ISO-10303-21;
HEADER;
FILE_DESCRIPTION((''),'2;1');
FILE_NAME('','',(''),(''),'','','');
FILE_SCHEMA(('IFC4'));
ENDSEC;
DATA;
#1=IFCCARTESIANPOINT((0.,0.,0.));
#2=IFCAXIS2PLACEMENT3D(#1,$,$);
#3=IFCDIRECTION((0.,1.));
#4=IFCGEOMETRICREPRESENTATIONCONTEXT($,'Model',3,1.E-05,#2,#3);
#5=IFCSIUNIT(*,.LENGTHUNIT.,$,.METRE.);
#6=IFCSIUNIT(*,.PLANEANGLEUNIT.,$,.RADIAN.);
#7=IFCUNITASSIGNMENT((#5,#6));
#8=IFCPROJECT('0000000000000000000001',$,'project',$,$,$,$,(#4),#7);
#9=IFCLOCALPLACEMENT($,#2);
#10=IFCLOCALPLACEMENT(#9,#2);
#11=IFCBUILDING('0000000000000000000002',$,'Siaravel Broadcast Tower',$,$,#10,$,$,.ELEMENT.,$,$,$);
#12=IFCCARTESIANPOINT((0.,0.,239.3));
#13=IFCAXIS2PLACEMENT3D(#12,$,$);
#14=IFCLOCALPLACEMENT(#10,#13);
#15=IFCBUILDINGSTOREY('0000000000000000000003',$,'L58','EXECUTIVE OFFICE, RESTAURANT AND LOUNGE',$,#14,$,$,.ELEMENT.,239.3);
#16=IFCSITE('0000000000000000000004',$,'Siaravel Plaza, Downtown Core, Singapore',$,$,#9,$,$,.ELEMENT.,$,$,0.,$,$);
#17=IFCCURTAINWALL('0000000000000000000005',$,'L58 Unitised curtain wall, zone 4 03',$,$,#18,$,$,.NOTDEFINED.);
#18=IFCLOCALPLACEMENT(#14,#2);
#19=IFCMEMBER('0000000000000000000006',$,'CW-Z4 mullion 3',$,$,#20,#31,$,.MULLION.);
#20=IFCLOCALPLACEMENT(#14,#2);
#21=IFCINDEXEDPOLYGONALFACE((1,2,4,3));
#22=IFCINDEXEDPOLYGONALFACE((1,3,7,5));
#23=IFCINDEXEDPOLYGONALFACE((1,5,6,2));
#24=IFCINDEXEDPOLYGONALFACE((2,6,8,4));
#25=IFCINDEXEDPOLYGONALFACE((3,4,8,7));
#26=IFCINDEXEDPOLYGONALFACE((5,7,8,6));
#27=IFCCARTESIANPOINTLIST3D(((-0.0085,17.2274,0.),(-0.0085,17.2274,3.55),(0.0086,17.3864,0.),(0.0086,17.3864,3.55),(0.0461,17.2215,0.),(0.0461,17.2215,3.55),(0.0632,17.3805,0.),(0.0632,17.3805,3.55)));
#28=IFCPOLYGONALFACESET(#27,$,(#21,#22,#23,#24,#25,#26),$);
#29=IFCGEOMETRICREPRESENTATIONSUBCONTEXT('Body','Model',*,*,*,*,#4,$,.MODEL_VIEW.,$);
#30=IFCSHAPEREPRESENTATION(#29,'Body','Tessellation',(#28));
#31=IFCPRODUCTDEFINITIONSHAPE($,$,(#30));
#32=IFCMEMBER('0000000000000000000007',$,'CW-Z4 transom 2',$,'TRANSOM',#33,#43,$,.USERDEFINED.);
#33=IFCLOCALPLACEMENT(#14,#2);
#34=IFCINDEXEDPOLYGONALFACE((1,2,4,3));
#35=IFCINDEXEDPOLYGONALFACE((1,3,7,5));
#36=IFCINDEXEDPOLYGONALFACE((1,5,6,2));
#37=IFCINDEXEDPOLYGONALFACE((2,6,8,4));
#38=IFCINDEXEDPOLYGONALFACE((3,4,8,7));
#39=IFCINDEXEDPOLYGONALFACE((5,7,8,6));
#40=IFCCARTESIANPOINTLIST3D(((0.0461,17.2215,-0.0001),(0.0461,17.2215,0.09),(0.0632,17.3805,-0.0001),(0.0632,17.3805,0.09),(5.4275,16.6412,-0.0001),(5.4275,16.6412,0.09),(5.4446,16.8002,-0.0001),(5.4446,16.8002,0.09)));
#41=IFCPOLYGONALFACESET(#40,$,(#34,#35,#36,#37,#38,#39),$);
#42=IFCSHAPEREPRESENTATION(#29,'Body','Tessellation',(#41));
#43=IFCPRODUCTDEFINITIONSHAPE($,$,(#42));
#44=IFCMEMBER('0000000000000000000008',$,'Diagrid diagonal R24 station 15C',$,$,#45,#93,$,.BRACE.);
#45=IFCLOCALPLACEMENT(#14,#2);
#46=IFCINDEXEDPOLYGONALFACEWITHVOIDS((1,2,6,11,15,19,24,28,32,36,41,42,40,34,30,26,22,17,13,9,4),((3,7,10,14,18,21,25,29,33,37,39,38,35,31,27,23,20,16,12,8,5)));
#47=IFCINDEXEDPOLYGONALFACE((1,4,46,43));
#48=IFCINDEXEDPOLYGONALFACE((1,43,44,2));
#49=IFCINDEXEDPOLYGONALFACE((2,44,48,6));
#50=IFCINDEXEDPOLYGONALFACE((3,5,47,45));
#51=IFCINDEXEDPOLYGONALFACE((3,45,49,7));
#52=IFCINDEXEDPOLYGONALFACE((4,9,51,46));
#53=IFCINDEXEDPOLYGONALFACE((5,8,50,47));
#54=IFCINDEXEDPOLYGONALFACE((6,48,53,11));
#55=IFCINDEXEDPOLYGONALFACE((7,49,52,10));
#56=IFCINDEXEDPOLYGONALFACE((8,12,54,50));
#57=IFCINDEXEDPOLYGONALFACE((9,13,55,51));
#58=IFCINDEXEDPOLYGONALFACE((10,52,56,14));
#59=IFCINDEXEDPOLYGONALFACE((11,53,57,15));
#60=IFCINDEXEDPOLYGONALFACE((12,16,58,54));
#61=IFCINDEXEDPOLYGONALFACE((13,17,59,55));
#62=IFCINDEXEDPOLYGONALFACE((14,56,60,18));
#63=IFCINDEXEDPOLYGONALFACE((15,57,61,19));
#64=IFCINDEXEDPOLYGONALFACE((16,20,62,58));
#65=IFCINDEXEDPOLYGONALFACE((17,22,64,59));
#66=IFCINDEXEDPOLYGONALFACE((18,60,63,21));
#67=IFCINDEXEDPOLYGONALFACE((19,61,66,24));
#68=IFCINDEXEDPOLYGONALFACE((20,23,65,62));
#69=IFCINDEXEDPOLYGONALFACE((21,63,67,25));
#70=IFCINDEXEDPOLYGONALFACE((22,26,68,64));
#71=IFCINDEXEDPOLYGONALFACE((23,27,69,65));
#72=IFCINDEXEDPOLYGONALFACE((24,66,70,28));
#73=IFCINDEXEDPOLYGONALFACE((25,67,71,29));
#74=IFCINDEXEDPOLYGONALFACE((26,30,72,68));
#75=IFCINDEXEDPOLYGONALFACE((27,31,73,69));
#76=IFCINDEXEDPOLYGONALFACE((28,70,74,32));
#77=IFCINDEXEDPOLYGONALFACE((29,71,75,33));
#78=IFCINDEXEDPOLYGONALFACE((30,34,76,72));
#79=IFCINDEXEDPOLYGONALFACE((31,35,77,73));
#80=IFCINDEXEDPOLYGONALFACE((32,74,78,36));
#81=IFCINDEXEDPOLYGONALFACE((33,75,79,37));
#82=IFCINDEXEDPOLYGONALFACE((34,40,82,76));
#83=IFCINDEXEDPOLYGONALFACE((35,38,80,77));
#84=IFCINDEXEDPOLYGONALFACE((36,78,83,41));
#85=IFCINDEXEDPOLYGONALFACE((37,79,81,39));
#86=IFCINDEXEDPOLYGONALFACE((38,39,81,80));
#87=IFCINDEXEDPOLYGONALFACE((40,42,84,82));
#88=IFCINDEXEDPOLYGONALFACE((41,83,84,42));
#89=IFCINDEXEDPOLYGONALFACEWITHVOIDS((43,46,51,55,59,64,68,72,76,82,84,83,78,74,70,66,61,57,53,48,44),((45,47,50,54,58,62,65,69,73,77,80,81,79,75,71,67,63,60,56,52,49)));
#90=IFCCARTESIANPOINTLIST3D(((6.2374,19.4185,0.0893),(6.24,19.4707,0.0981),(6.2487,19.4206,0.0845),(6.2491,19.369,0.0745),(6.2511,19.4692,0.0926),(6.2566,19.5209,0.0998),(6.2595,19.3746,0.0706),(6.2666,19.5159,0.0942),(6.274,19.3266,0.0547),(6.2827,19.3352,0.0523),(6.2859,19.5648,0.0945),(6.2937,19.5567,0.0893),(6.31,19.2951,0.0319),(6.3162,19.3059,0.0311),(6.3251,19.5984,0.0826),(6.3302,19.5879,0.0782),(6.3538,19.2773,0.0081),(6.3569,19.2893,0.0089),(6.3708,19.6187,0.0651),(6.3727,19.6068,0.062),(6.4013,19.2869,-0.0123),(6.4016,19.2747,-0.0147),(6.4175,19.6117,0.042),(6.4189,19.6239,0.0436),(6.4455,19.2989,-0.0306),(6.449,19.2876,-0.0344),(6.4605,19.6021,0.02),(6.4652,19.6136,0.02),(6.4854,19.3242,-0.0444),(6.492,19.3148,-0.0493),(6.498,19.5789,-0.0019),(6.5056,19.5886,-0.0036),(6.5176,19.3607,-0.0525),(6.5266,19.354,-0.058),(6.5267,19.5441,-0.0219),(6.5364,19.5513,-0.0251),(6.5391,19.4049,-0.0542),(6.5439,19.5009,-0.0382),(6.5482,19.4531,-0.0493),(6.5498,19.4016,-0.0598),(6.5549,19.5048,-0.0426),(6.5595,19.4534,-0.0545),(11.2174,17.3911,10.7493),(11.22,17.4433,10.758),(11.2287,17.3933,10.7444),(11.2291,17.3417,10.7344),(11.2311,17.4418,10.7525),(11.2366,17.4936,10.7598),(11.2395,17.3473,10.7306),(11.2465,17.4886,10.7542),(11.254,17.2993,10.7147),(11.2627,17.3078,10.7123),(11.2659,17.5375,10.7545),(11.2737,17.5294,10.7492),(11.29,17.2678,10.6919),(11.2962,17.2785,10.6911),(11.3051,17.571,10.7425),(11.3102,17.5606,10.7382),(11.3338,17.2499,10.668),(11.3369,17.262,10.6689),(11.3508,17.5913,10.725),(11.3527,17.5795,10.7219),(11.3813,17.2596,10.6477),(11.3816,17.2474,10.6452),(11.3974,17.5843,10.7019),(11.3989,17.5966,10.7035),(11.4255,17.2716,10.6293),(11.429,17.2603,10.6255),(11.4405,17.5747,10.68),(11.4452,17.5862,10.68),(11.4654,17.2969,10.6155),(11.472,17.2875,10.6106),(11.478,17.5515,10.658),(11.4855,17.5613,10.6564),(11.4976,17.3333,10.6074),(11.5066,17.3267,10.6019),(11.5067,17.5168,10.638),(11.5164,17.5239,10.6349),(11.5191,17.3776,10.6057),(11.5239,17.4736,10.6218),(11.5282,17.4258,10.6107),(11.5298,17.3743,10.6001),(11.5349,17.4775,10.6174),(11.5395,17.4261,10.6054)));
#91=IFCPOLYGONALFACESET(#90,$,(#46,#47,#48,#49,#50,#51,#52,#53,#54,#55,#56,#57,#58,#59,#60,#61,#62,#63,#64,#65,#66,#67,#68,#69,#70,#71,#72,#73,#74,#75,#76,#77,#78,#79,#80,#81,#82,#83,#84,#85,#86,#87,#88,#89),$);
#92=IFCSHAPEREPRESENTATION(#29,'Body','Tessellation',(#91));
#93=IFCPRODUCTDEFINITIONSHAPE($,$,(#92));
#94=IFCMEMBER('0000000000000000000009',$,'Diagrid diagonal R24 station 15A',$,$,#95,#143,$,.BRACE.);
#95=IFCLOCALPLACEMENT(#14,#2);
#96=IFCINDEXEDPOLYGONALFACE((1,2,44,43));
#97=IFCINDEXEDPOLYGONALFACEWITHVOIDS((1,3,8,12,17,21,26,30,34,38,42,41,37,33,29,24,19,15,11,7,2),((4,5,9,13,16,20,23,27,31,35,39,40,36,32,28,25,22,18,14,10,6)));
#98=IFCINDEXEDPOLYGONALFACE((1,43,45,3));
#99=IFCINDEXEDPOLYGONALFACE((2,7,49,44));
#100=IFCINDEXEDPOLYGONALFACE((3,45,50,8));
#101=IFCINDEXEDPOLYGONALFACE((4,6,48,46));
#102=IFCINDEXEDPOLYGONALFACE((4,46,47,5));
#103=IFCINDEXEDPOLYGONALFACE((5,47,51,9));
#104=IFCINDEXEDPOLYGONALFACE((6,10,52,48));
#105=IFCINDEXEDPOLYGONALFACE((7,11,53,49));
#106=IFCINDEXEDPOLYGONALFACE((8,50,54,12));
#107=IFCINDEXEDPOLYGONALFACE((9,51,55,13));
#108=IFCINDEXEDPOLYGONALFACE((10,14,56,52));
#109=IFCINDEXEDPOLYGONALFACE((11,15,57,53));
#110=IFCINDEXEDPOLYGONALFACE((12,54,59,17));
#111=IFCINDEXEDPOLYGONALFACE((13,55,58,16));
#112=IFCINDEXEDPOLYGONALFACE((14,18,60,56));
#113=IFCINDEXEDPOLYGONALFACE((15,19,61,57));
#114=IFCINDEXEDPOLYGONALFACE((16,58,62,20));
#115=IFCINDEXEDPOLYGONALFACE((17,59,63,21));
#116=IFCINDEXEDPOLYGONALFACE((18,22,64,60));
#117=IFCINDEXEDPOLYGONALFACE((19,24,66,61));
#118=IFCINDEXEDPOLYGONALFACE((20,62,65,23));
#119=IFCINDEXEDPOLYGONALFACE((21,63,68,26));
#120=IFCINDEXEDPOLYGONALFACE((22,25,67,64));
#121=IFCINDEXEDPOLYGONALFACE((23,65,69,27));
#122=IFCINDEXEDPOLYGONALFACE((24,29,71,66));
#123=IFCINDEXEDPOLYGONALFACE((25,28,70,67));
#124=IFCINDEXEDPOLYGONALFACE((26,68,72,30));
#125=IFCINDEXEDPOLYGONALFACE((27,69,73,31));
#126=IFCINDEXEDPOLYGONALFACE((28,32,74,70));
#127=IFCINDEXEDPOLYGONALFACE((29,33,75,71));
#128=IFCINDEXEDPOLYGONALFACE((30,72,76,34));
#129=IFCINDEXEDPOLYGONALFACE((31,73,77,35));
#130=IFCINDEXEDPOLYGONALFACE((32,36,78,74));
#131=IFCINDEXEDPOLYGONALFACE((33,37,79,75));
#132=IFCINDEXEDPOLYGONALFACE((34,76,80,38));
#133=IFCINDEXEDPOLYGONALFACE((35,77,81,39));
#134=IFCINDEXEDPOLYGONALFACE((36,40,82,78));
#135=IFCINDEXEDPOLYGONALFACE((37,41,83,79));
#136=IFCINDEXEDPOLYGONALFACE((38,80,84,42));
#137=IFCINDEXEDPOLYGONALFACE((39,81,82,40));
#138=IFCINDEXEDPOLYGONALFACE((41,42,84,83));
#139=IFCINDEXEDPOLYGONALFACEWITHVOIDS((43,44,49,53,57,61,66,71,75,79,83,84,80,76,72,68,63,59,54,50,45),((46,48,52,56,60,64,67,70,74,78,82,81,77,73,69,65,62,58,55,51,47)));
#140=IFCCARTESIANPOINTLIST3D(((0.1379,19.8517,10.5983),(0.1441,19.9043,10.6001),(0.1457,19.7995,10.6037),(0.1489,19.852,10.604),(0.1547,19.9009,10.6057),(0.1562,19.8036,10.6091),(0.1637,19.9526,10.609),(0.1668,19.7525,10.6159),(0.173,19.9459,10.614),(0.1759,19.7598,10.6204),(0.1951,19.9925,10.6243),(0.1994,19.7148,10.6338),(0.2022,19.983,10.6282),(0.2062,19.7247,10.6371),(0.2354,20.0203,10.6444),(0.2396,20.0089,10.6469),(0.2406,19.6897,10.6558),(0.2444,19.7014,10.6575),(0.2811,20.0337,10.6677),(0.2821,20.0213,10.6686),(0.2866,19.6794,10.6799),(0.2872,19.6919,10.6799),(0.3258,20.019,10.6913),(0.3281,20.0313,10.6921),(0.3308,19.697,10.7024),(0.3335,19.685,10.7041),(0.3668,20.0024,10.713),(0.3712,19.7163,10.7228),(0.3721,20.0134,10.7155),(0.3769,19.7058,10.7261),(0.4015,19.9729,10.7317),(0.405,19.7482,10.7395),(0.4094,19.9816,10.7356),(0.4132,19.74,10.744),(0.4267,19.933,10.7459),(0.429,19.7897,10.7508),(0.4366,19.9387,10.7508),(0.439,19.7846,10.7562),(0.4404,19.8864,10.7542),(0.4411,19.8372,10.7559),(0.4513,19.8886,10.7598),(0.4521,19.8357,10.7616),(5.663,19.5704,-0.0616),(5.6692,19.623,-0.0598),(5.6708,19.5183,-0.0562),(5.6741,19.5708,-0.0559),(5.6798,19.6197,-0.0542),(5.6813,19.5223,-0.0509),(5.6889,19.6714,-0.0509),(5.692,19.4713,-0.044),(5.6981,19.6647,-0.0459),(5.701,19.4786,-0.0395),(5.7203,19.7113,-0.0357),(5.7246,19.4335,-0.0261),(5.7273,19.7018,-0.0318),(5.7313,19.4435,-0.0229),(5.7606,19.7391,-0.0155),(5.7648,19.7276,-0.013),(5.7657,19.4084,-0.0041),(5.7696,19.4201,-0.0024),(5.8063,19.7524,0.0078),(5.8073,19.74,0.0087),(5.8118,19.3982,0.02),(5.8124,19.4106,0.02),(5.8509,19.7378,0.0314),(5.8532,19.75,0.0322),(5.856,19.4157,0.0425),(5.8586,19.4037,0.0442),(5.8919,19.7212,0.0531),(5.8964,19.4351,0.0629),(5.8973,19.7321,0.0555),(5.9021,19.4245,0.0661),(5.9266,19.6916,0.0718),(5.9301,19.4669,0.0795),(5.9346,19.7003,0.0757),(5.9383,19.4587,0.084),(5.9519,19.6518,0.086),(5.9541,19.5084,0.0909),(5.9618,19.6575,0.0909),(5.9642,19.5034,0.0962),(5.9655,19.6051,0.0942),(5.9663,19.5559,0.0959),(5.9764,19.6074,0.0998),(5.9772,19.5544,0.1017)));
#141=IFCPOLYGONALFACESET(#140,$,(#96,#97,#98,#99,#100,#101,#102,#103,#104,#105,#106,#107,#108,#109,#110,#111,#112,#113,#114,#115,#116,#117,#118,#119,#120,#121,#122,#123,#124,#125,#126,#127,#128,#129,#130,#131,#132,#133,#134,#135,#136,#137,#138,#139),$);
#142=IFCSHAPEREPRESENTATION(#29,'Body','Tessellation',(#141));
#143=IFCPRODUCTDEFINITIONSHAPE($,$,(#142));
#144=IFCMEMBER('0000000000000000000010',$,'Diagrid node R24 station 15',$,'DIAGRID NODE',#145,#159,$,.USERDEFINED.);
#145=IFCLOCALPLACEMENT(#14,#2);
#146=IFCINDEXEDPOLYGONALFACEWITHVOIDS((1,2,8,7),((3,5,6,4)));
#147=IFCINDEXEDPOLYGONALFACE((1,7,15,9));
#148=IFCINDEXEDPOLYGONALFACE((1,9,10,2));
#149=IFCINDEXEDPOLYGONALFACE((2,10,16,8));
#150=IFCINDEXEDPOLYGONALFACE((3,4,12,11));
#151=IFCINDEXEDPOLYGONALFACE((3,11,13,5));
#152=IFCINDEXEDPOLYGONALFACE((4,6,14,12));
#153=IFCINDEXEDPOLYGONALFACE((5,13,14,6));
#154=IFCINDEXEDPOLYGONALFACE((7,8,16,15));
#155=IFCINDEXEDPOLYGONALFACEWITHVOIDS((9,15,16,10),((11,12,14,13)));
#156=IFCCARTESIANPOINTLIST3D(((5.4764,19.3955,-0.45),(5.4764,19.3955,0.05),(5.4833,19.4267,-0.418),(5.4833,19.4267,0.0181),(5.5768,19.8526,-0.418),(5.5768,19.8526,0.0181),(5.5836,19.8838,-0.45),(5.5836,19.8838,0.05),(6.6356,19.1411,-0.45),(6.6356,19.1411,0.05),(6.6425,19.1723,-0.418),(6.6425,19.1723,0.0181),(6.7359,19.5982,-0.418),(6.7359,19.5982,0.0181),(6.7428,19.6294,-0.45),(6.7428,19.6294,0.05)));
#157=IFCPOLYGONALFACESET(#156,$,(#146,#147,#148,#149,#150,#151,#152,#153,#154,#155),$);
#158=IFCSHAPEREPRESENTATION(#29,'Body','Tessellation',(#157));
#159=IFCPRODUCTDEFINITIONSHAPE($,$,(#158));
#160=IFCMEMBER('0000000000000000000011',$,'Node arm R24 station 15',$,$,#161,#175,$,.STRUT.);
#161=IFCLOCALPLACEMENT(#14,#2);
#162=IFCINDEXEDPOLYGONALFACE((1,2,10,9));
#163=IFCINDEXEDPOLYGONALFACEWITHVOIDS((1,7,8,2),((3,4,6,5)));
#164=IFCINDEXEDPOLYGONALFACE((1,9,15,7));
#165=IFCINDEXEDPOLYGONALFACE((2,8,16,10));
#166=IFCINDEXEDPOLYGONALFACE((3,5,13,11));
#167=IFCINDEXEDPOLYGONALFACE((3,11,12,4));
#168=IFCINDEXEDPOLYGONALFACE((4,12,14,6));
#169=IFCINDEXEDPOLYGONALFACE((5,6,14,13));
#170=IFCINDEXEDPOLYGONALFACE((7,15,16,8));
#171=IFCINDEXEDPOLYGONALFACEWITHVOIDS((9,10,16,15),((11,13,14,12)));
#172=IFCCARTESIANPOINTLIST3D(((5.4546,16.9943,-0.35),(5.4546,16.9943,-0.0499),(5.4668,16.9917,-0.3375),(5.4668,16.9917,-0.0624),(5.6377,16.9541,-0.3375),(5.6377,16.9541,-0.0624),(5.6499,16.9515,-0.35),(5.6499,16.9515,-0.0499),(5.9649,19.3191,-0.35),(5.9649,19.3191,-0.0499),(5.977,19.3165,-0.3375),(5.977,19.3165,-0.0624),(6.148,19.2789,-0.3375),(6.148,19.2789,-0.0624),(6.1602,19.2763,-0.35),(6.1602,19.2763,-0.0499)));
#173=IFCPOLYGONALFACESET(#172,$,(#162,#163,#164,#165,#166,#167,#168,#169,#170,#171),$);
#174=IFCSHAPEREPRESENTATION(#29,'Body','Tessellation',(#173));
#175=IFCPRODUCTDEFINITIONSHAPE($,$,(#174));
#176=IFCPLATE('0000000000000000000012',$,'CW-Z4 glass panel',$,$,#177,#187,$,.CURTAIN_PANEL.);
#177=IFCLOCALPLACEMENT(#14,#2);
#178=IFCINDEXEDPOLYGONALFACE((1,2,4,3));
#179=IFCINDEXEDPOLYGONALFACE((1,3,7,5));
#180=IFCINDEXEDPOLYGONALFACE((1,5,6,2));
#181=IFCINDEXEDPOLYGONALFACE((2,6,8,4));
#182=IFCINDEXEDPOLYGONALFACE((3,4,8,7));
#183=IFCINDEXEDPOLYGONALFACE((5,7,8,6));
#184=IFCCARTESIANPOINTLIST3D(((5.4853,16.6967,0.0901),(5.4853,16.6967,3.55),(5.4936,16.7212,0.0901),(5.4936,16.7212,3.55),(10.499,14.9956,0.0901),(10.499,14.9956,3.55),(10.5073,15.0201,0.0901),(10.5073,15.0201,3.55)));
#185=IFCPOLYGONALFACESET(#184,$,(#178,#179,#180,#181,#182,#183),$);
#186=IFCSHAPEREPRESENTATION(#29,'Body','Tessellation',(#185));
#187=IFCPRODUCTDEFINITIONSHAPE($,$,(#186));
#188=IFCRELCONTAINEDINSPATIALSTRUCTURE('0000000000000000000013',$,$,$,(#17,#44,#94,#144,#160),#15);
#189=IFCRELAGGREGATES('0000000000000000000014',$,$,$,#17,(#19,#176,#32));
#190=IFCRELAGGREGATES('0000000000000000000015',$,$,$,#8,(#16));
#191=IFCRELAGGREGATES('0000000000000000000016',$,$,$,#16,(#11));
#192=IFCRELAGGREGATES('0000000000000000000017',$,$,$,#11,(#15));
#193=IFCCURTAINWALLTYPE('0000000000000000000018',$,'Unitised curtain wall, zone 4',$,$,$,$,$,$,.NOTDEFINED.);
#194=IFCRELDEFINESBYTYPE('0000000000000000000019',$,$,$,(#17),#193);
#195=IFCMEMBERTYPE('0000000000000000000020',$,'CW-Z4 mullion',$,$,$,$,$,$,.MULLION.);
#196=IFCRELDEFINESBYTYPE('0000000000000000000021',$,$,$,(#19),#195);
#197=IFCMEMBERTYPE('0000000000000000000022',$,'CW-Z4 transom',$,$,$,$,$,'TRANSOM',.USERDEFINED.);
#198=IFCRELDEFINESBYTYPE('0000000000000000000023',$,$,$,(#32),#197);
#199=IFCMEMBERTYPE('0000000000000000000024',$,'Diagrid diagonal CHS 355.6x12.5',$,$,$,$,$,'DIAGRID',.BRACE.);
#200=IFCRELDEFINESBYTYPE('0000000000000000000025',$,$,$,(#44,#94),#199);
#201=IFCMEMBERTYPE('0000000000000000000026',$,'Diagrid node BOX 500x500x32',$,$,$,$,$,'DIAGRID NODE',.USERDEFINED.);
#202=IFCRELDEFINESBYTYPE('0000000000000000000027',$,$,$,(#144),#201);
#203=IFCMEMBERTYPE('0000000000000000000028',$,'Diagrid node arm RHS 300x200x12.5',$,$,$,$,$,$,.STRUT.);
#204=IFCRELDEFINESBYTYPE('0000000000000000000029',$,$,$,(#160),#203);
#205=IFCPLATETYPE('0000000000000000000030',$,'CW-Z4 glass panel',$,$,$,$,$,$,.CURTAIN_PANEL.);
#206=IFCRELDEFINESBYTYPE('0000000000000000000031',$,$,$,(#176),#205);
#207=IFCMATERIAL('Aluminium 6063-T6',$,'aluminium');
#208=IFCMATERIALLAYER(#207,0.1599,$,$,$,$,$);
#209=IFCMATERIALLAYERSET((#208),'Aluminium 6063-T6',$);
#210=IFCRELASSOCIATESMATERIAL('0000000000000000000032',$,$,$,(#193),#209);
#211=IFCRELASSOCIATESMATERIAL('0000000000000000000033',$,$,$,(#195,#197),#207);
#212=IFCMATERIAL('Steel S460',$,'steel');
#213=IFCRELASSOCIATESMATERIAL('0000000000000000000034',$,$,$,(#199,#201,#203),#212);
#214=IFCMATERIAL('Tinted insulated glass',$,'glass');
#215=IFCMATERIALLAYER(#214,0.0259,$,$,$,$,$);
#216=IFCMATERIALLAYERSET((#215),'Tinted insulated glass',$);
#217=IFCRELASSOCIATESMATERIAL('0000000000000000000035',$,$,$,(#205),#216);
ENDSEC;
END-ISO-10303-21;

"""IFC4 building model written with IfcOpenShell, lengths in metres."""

from ifc_helpers import new_model, si_unit, direction, frame, origin, origin_2d, place, context, subcontext, project, spatial, rectangle, hollow_rectangle, hollow_circle, extrude, material, layer, layer_set, material_profile, profile_set, type_object, element, aggregate, save


model = new_model("IFC4")

# Units and contexts
model_context = context("Model", 3, precision=1e-05, world=origin(), true_north=direction((0.0, 1.0)))
body_context = subcontext(model_context, "Body", "Model", "MODEL_VIEW")
ifc_project = project(units=[si_unit("LENGTHUNIT", "METRE"), si_unit("PLANEANGLEUNIT", "RADIAN")], contexts=[model_context])

# Site, building, storey
site_placement = place(None, origin())
site = spatial("IfcSite", under=ifc_project, at=site_placement, Name="Siaravel Plaza, Downtown Core, Singapore", CompositionType="ELEMENT", RefElevation=0.0)
building_placement = place(site_placement, origin())
building = spatial("IfcBuilding", under=site, at=building_placement, Name="Siaravel Broadcast Tower", CompositionType="ELEMENT")
storey_placement = place(building_placement, frame((0.0, 0.0, 239.3)))
storey = spatial("IfcBuildingStorey", under=building, at=storey_placement, Name="L58", Description="EXECUTIVE OFFICE, RESTAURANT AND LOUNGE", CompositionType="ELEMENT", Elevation=239.3)

# Curtain wall, members
ifc_material_1 = material(Name="Aluminium 6063-T6", Category="aluminium")
ifc_layer_1 = layer(ifc_material_1, 0.1599)
ifc_layer_set_1 = layer_set([ifc_layer_1], Name="Aluminium 6063-T6")
curtain_wall_type = type_object("IfcCurtainWallType", Name="Unitised curtain wall, zone 4", PredefinedType="NOTDEFINED", material=ifc_layer_set_1)
curtain_wall_placement = place(storey_placement, origin())
curtain_wall = element("IfcCurtainWall", 1, at=curtain_wall_placement, inside=storey, type_object=curtain_wall_type, Name="L58 Unitised curtain wall, zone 4 03", PredefinedType="NOTDEFINED")
ifc_material_profile_1 = material_profile(ifc_material_1, rectangle(XDim=0.1599, YDim=0.0549, at=origin_2d()))
ifc_profile_set_1 = profile_set([ifc_material_profile_1], Name="Aluminium 6063-T6")
member_type_1 = type_object("IfcMemberType", Name="CW-Z4 mullion", PredefinedType="MULLION", material=ifc_profile_set_1)
member_1_placement = place(storey_placement, frame((0.0273, 17.304, 0.0), z_axis=(0.0, 0.0, 1.0), x_axis=(-0.107218, -0.994236, 0.0)))
member_1 = element("IfcMember", 2, at=member_1_placement, type_object=member_type_1, Name="CW-Z4 mullion 3", PredefinedType="MULLION", context=body_context, shape_type="SweptSolid", body=[
    extrude(rectangle(XDim=0.1599, YDim=0.0549, at=origin_2d()), origin(), (0.0, 0.0, 1.0), 3.55),
])
ifc_material_profile_2 = material_profile(ifc_material_1, rectangle(XDim=0.1599, YDim=0.0901, at=origin_2d()))
ifc_profile_set_2 = profile_set([ifc_material_profile_2], Name="Aluminium 6063-T6")
member_type_2 = type_object("IfcMemberType", Name="CW-Z4 transom", ElementType="TRANSOM", PredefinedType="USERDEFINED", material=ifc_profile_set_2)
member_2_placement = place(storey_placement, frame((5.436, 16.7207, 0.0449), z_axis=(-0.994236, 0.107218, 0.0), x_axis=(-0.107218, -0.994236, 0.0)))
member_2 = element("IfcMember", 3, at=member_2_placement, type_object=member_type_2, Name="CW-Z4 transom 2", ObjectType="TRANSOM", PredefinedType="USERDEFINED", context=body_context, shape_type="SweptSolid", body=[
    extrude(rectangle(XDim=0.1599, YDim=0.0901, at=origin_2d()), origin(), (0.0, 0.0, 1.0), 5.4126),
])

# Members
ifc_material_2 = material(Name="Steel S460", Category="steel")
ifc_material_profile_3 = material_profile(ifc_material_2, hollow_circle(Radius=0.1777, WallThickness=0.0125, at=origin_2d()))
ifc_profile_set_3 = profile_set([ifc_material_profile_3], Name="Steel S460")
member_type_3 = type_object("IfcMemberType", Name="Diagrid diagonal CHS 355.6x12.5", ElementType="DIAGRID", PredefinedType="BRACE", material=ifc_profile_set_3)
member_3_placement = place(storey_placement, frame((6.3982, 19.449, 0.02), z_axis=(0.417112, -0.169806, 0.892851), x_axis=(0.377052, 0.926192, 0.0)))
element("IfcMember", 4, at=member_3_placement, inside=storey, type_object=member_type_3, Name="Diagrid diagonal R24 station 15C", PredefinedType="BRACE", context=body_context, shape_type="SweptSolid", body=[
    extrude(hollow_circle(Radius=0.1777, WallThickness=0.0125, at=origin_2d()), origin(), (0.0, 0.0, 1.0), 11.9392),
])
member_4_placement = place(storey_placement, frame((5.8208, 19.5757, 0.02), z_axis=(-0.460046, 0.023418, 0.887586), x_axis=(-0.050838, -0.998707, 0.0)))
element("IfcMember", 5, at=member_4_placement, inside=storey, type_object=member_type_3, Name="Diagrid diagonal R24 station 15A", PredefinedType="BRACE", context=body_context, shape_type="SweptSolid", body=[
    extrude(hollow_circle(Radius=0.1777, WallThickness=0.0125, at=origin_2d()), origin(), (0.0, 0.0, 1.0), 12.01),
])
ifc_material_profile_4 = material_profile(ifc_material_2, hollow_rectangle(XDim=0.5, YDim=0.5, WallThickness=0.032, at=origin_2d()))
ifc_profile_set_4 = profile_set([ifc_material_profile_4], Name="Steel S460")
member_type_4 = type_object("IfcMemberType", Name="Diagrid node BOX 500x500x32", ElementType="DIAGRID NODE", PredefinedType="USERDEFINED", material=ifc_profile_set_4)
member_5_placement = place(storey_placement, frame((6.6892, 19.3853, -0.2), z_axis=(-0.976755, 0.214359, 0.0), x_axis=(-0.214359, -0.976755, 0.0)))
element("IfcMember", 6, at=member_5_placement, inside=storey, type_object=member_type_4, Name="Diagrid node R24 station 15", ObjectType="DIAGRID NODE", PredefinedType="USERDEFINED", context=body_context, shape_type="SweptSolid", body=[
    extrude(hollow_rectangle(XDim=0.5, YDim=0.5, WallThickness=0.032, at=origin_2d()), origin(), (0.0, 0.0, 1.0), 1.1868),
])
ifc_material_profile_5 = material_profile(ifc_material_2, hollow_rectangle(XDim=0.2, YDim=0.3, WallThickness=0.0125, at=origin_2d()))
ifc_profile_set_5 = profile_set([ifc_material_profile_5], Name="Steel S460")
member_type_5 = type_object("IfcMemberType", Name="Diagrid node arm RHS 300x200x12.5", PredefinedType="STRUT", material=ifc_profile_set_5)
member_6_placement = place(storey_placement, frame((5.5522, 16.9729, -0.2), z_axis=(0.214388, 0.976749, 0.0), x_axis=(-0.976749, 0.214388, 0.0)))
element("IfcMember", 7, at=member_6_placement, inside=storey, type_object=member_type_5, Name="Node arm R24 station 15", PredefinedType="STRUT", context=body_context, shape_type="SweptSolid", body=[
    extrude(hollow_rectangle(XDim=0.2, YDim=0.3, WallThickness=0.0125, at=origin_2d()), origin(), (0.0, 0.0, 1.0), 2.3801),
])

# Plate
ifc_material_3 = material(Name="Tinted insulated glass", Category="glass")
ifc_layer_2 = layer(ifc_material_3, 0.0259)
ifc_layer_set_2 = layer_set([ifc_layer_2], Name="Tinted insulated glass")
plate_type = type_object("IfcPlateType", Name="CW-Z4 glass panel", PredefinedType="CURTAIN_PANEL", material=ifc_layer_set_2)
plate_1_placement = place(storey_placement, frame((7.9963, 15.8584, 0.0901), z_axis=(0.0, 0.0, 1.0), x_axis=(-0.946977, 0.321301, 0.0)))
plate_1 = element("IfcPlate", 8, at=plate_1_placement, type_object=plate_type, Name="CW-Z4 glass panel", PredefinedType="CURTAIN_PANEL", context=body_context, shape_type="SweptSolid", body=[
    extrude(rectangle(XDim=5.2944, YDim=0.0259, at=origin_2d()), origin(), (0.0, 0.0, 1.0), 3.46),
])
aggregate(curtain_wall, [member_1, plate_1, member_2])

save(model, "model.ifc")
